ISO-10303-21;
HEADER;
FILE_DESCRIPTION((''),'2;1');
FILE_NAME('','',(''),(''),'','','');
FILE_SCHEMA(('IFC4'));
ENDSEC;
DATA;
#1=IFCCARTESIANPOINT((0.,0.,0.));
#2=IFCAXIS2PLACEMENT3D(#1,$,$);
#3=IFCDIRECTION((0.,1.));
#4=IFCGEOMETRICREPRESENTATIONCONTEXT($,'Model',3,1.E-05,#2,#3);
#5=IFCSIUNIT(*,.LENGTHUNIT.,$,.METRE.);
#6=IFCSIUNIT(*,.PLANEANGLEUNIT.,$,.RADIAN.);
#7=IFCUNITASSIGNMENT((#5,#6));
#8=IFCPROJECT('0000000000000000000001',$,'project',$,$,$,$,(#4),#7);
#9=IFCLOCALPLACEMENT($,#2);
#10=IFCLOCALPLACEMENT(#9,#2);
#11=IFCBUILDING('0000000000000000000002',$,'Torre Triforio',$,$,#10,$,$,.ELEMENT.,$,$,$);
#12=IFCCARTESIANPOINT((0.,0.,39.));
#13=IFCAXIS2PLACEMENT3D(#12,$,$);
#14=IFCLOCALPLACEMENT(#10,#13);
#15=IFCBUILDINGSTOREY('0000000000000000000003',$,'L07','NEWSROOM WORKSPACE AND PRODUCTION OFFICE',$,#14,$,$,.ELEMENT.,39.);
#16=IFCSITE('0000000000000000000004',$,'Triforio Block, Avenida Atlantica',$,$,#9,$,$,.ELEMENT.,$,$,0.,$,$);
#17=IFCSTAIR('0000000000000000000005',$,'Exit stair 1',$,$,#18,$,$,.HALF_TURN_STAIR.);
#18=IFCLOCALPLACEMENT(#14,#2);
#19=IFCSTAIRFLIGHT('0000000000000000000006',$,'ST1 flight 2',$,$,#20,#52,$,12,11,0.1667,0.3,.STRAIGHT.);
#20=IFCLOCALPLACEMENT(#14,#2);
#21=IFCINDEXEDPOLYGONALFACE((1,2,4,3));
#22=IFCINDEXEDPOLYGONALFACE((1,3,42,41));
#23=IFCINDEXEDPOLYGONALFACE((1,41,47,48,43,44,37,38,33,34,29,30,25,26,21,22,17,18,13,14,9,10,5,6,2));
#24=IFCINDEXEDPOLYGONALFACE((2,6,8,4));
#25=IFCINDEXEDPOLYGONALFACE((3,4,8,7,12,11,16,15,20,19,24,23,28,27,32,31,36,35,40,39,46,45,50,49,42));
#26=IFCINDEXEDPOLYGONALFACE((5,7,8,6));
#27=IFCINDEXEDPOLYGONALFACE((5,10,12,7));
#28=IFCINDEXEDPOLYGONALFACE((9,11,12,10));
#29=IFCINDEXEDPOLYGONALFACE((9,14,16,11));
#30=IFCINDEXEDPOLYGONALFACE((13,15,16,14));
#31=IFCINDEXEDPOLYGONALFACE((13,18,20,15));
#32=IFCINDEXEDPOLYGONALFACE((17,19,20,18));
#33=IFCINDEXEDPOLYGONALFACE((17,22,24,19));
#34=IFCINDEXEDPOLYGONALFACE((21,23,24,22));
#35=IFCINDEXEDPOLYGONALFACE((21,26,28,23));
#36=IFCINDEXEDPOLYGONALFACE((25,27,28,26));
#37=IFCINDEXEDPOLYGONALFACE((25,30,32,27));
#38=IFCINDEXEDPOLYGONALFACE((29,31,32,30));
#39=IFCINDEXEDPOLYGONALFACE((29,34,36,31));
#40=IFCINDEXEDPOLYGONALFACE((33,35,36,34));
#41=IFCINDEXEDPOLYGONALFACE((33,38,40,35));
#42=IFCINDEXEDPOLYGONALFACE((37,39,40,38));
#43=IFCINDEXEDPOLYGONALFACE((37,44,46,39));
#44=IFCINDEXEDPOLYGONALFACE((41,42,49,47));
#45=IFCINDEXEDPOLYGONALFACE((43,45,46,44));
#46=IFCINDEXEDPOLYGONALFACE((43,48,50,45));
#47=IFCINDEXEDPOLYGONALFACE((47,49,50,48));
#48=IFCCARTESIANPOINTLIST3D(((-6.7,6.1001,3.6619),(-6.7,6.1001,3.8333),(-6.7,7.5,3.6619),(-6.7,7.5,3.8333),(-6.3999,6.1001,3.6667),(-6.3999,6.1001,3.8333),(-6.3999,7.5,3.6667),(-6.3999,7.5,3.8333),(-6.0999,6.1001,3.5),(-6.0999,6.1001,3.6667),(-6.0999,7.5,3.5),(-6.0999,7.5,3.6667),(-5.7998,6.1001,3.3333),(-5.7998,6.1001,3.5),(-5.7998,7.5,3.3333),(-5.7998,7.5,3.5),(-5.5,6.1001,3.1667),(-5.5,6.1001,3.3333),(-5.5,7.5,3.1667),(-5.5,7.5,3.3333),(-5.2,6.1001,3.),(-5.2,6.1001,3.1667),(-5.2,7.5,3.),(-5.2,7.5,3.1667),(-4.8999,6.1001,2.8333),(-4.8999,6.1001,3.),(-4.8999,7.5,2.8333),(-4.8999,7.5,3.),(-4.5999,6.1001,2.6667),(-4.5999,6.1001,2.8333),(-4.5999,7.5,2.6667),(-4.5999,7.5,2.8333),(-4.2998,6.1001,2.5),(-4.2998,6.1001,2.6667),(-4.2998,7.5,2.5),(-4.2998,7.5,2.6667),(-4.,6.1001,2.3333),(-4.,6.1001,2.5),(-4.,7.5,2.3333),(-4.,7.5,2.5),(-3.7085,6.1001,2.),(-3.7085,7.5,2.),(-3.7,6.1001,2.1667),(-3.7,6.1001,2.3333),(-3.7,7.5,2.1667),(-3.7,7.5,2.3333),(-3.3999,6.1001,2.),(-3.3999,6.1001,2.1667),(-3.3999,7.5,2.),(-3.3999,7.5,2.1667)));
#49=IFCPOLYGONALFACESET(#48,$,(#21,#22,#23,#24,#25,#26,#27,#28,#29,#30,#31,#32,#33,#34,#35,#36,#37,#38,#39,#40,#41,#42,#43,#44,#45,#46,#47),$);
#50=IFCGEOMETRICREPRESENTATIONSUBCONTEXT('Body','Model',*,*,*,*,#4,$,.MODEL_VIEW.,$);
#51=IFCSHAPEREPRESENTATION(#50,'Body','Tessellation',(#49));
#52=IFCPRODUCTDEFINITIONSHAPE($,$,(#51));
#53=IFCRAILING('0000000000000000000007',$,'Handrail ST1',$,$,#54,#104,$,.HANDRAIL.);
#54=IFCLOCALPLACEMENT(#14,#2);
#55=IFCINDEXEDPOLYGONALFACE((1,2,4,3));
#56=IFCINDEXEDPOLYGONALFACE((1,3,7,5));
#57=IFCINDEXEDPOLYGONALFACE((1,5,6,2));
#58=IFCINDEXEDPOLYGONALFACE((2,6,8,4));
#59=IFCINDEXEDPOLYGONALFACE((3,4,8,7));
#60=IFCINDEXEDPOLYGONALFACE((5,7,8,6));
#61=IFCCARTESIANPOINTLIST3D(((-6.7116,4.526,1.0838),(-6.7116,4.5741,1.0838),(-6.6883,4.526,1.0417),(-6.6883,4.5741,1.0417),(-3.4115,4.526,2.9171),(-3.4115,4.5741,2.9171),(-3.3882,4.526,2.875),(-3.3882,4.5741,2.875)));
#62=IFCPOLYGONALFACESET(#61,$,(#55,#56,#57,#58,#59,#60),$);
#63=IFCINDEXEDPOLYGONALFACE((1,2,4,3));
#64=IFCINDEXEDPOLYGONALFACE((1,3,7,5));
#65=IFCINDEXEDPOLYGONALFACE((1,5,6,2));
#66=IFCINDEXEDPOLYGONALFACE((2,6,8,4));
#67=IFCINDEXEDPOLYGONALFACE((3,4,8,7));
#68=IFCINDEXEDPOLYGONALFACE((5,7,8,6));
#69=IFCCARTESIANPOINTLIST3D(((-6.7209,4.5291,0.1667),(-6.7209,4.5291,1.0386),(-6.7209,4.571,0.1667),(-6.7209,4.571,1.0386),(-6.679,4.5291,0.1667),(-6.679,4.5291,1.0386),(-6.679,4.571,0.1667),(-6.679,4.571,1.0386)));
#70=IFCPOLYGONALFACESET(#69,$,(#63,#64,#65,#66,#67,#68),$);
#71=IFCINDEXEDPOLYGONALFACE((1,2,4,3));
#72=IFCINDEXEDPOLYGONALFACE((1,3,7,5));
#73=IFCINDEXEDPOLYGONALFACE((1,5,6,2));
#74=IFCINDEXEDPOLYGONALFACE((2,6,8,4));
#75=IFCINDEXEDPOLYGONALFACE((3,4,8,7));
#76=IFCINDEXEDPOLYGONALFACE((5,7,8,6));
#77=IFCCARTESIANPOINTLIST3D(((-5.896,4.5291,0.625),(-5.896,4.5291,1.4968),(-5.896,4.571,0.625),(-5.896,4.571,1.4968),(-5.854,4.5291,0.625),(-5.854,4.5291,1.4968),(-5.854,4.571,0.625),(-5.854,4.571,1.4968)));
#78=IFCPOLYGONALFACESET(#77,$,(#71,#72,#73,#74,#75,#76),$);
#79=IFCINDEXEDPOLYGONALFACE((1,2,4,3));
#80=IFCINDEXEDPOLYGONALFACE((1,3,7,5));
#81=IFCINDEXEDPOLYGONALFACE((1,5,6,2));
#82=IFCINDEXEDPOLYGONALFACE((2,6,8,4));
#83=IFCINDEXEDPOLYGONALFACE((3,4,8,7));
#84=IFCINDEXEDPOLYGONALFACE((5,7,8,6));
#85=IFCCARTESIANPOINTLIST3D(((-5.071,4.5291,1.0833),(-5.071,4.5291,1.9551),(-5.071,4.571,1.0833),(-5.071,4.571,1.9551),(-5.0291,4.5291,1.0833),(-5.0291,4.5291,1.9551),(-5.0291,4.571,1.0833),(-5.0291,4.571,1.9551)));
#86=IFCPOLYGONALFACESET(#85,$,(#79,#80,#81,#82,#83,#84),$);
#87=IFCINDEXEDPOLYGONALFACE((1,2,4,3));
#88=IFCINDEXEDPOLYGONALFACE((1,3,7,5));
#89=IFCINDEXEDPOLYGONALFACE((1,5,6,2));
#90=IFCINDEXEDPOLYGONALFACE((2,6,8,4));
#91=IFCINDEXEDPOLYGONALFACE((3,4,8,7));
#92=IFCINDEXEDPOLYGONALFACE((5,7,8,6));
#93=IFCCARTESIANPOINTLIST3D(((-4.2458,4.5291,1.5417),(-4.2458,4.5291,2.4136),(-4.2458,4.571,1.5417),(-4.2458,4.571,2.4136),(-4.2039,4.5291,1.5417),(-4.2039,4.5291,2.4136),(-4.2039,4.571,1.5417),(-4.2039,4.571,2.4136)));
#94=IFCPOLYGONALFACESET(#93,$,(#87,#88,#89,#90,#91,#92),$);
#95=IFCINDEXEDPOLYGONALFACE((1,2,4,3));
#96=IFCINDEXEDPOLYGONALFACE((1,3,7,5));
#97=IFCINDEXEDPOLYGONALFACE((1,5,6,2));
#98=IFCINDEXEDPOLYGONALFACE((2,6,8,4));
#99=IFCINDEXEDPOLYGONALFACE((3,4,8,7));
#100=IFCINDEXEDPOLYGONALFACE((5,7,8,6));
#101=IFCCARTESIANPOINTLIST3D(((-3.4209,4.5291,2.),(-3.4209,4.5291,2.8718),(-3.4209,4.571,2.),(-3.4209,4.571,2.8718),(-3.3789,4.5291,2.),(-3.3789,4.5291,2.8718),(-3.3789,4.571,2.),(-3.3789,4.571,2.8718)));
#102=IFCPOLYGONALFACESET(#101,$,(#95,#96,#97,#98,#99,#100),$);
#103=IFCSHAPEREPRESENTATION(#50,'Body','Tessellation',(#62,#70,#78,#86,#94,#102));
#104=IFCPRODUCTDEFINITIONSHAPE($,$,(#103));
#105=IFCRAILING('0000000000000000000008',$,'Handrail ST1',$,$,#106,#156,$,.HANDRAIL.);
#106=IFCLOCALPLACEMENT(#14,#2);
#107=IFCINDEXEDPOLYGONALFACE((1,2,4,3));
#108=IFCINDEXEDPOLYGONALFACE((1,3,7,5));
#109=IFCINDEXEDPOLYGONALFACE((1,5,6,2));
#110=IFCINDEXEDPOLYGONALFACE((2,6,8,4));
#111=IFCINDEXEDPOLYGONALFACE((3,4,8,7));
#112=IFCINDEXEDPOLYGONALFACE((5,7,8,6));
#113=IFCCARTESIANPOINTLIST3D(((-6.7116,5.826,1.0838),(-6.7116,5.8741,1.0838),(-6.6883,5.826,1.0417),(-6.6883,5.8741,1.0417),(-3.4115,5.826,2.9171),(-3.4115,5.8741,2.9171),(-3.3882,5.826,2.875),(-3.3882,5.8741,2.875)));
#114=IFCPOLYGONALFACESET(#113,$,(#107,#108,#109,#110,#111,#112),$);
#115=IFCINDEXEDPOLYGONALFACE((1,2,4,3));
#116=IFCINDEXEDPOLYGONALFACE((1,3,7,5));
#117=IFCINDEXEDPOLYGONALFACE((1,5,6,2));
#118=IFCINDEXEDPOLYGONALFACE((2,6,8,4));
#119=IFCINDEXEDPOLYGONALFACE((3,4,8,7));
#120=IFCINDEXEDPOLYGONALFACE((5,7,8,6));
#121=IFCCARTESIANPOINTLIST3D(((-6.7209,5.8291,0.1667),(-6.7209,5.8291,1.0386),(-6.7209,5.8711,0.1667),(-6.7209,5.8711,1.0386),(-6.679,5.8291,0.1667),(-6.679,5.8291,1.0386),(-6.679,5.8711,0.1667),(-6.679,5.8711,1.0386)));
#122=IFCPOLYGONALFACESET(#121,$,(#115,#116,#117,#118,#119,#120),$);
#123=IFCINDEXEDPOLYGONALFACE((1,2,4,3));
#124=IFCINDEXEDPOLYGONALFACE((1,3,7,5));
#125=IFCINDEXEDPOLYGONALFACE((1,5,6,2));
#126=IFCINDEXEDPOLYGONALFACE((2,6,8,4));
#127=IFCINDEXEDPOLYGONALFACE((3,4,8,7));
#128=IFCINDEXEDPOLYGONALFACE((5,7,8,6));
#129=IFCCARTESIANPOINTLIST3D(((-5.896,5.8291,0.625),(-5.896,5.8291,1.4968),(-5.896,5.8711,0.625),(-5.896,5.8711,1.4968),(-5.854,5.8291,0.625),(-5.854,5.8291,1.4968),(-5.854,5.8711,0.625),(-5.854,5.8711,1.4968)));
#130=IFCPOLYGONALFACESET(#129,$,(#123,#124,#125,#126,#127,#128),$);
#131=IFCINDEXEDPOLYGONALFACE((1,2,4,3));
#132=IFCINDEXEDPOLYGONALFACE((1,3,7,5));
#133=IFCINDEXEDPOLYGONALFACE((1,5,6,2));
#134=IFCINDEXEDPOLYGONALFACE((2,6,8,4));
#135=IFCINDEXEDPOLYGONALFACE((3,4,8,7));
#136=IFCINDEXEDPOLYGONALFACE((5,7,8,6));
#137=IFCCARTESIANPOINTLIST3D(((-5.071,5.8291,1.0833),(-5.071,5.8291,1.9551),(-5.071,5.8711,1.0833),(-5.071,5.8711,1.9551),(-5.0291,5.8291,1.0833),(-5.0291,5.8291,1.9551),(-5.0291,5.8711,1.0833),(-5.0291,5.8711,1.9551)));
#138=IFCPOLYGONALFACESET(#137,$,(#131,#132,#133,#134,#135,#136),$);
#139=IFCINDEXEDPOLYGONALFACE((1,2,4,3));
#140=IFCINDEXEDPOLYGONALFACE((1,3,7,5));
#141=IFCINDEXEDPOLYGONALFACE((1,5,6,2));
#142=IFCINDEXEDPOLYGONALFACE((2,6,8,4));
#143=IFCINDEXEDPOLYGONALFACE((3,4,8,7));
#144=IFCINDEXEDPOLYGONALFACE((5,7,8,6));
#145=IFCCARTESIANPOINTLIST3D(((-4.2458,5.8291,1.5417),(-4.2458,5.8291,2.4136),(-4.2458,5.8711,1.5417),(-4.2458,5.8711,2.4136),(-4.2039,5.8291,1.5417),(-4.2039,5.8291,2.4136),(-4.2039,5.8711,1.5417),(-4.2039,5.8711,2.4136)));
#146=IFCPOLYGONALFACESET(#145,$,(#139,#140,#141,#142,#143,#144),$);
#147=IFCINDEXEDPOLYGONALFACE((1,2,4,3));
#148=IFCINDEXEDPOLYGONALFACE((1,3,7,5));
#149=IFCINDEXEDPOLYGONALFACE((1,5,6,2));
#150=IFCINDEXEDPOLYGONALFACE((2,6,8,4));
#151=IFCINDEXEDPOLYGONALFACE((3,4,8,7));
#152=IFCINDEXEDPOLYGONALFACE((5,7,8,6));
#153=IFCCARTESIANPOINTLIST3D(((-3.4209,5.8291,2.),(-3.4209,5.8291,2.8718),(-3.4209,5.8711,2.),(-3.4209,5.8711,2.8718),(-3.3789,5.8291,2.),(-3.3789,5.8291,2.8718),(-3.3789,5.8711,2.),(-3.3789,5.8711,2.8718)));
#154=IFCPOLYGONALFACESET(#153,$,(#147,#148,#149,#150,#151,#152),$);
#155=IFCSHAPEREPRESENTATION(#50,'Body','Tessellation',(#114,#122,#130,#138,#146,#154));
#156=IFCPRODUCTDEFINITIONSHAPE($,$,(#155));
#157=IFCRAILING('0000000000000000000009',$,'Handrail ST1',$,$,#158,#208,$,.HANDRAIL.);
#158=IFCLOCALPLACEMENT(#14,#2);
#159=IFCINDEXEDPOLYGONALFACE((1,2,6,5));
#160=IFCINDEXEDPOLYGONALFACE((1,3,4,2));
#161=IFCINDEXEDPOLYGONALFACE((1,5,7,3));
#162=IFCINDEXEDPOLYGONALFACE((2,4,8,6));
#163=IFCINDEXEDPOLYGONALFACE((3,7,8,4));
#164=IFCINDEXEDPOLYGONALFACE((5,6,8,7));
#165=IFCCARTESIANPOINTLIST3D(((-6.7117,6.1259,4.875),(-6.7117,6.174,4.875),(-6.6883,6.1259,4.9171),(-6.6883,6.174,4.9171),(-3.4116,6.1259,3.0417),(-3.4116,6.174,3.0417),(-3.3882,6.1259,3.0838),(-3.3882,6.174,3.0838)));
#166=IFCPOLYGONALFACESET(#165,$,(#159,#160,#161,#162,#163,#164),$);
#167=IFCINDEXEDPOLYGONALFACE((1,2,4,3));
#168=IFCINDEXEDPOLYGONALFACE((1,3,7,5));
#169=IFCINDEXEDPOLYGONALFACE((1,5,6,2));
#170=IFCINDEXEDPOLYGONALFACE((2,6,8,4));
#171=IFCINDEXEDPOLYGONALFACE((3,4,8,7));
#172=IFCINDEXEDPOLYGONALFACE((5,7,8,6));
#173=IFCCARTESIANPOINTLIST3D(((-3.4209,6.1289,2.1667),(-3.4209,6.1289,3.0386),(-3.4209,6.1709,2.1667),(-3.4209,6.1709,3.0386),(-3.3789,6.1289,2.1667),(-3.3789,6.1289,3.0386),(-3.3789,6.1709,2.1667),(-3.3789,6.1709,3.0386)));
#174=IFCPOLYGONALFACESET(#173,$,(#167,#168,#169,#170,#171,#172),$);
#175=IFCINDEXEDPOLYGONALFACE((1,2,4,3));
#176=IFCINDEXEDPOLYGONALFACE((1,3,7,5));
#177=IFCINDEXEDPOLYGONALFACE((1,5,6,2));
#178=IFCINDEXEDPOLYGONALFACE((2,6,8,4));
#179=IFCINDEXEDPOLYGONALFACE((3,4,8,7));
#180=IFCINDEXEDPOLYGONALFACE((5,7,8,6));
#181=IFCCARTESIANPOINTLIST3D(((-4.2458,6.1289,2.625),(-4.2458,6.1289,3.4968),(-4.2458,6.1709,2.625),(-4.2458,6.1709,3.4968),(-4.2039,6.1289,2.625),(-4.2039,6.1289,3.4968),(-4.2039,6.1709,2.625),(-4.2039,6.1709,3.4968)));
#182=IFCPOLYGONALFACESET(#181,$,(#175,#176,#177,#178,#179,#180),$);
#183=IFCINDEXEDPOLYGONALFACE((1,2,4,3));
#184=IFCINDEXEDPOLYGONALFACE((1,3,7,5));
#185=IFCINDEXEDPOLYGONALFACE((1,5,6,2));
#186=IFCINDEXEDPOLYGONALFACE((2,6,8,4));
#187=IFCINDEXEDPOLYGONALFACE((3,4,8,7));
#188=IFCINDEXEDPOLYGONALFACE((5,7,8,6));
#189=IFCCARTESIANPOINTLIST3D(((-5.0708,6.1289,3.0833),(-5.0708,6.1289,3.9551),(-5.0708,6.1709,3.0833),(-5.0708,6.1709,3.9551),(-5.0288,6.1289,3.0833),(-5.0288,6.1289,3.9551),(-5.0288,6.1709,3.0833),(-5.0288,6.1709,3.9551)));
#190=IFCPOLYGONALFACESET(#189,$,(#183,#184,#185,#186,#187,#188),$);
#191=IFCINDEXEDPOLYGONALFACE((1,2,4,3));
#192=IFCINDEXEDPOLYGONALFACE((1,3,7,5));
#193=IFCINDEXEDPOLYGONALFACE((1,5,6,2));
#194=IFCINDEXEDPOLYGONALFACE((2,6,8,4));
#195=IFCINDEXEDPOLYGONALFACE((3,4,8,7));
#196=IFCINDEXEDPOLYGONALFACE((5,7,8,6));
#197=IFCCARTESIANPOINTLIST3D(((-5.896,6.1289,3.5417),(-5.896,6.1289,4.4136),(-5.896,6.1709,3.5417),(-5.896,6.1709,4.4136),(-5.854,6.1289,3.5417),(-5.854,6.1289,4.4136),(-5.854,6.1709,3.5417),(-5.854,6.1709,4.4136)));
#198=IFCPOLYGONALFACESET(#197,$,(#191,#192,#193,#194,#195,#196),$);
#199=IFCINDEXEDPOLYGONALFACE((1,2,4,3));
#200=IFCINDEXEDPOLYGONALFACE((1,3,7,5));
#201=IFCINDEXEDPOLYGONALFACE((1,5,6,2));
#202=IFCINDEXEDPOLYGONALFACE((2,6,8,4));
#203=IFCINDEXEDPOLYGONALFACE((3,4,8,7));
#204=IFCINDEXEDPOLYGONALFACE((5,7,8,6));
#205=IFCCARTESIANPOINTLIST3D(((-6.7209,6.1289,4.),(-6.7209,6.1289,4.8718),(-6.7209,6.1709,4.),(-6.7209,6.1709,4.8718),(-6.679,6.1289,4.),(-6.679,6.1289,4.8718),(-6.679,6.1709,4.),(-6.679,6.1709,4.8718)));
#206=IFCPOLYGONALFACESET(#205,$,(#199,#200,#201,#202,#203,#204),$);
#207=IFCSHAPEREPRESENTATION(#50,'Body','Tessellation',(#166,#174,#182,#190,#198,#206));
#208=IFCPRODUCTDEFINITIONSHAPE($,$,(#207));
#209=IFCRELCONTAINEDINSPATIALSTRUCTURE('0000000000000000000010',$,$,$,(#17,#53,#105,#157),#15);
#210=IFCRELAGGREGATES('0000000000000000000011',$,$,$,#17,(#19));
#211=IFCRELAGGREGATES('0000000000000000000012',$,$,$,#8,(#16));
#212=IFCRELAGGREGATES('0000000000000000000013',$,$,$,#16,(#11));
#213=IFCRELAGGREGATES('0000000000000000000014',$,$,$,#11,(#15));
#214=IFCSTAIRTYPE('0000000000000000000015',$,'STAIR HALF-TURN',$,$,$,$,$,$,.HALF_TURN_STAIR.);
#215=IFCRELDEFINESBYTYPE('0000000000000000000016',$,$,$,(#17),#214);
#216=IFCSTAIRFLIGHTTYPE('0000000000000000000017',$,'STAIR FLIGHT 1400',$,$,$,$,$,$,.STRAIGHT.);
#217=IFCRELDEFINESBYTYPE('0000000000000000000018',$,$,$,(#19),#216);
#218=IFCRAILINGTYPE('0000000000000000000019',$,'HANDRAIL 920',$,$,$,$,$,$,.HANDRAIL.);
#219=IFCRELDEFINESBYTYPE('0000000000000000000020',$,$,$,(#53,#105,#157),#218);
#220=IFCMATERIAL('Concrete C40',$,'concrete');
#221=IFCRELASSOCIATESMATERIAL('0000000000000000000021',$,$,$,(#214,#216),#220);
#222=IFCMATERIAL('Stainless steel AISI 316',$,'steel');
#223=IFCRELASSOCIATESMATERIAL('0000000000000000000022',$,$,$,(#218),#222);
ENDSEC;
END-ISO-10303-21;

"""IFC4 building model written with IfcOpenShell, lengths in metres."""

from ifc_helpers import new_model, si_unit, direction, frame, origin, origin_2d, place, context, subcontext, project, spatial, polyline, rectangle, outline, extrude, material, type_object, element, aggregate, save


model = new_model("IFC4")

# Units and contexts
model_context = context("Model", 3, precision=1e-05, world=origin(), true_north=direction((0.0, 1.0)))
body_context = subcontext(model_context, "Body", "Model", "MODEL_VIEW")
ifc_project = project(units=[si_unit("LENGTHUNIT", "METRE"), si_unit("PLANEANGLEUNIT", "RADIAN")], contexts=[model_context])

# Site, building, storey
site_placement = place(None, origin())
site = spatial("IfcSite", under=ifc_project, at=site_placement, Name="Triforio Block, Avenida Atlantica", CompositionType="ELEMENT", RefElevation=0.0)
building_placement = place(site_placement, origin())
building = spatial("IfcBuilding", under=site, at=building_placement, Name="Torre Triforio", CompositionType="ELEMENT")
storey_placement = place(building_placement, frame((0.0, 0.0, 39.0)))
storey = spatial("IfcBuildingStorey", under=building, at=storey_placement, Name="L07", Description="NEWSROOM WORKSPACE AND PRODUCTION OFFICE", CompositionType="ELEMENT", Elevation=39.0)

# Stair, stair flight
ifc_material_1 = material(Name="Concrete C40", Category="concrete")
stair_type = type_object("IfcStairType", Name="STAIR HALF-TURN", PredefinedType="HALF_TURN_STAIR", material=ifc_material_1)
stair_placement = place(storey_placement, origin())
stair = element("IfcStair", 1, at=stair_placement, inside=storey, type_object=stair_type, Name="Exit stair 1", PredefinedType="HALF_TURN_STAIR")
stair_flight_type = type_object("IfcStairFlightType", Name="STAIR FLIGHT 1400", PredefinedType="STRAIGHT", material=ifc_material_1)
stair_flight_1_placement = place(storey_placement, frame((-3.3999, 6.8, 2.0), z_axis=(0.0, 0.0, 1.0), x_axis=(-1.0, 0.0, 0.0)))
stair_flight_1 = element("IfcStairFlight", 2, at=stair_flight_1_placement, type_object=stair_flight_type, Name="ST1 flight 2", NumberOfRisers=12, NumberOfTreads=11, PredefinedType="STRAIGHT", RiserHeight=0.1667, TreadLength=0.3, context=body_context, shape_type="SweptSolid", body=[
    extrude(outline(polyline([(0.0, 0.0), (0.0, 0.1667), (0.3, 0.1667), (0.3, 0.3333), (0.6001, 0.3333), (0.6001, 0.5), (0.8999, 0.5), (0.8999, 0.6667), (1.2, 0.6667), (1.2, 0.8333), (1.5, 0.8333), (1.5, 1.0), (1.8, 1.0), (1.8, 1.1667), (2.1001, 1.1667), (2.1001, 1.3333), (2.3999, 1.3333), (2.3999, 1.5), (2.7, 1.5), (2.7, 1.6667), (3.0, 1.6667), (3.0, 1.8333), (3.3, 1.8333), (3.3, 2.0), (3.3, 1.6619), (0.3086, 0.0), (0.0, 0.0)])), frame((0.0, 0.7, 0.0), z_axis=(0.0, -1.0, 0.0), x_axis=(1.0, 0.0, 0.0)), (0.0, 0.0, 1.0), 1.3999),
])
aggregate(stair, [stair_flight_1])

# Railings
ifc_material_2 = material(Name="Stainless steel AISI 316", Category="steel")
railing_type = type_object("IfcRailingType", Name="HANDRAIL 920", PredefinedType="HANDRAIL", material=ifc_material_2)
for number, where, name in (
    (3, (-6.7, 4.55, 0.1667), "Handrail ST1"),
    (4, (-6.7, 5.8501, 0.1667), "Handrail ST1"),
):
    element("IfcRailing", number, at=place(storey_placement, frame(where)), inside=storey, type_object=railing_type, Name=name, PredefinedType="HANDRAIL", context=body_context, shape_type="SweptSolid", body=[
        extrude(rectangle(XDim=0.0481, YDim=0.0481, at=origin_2d()), frame((0.0, 0.0, 0.896), z_axis=(0.874169, 0.0, 0.485621), x_axis=(0.0, 1.0, 0.0)), (0.0, 0.0, 1.0), 3.7751),
        extrude(rectangle(XDim=0.042, YDim=0.042, at=origin_2d()), origin(), (0.0, 0.0, 1.0), 0.8718),
        extrude(rectangle(XDim=0.042, YDim=0.042, at=origin_2d()), frame((0.825, 0.0, 0.4583)), (0.0, 0.0, 1.0), 0.8718),
        extrude(rectangle(XDim=0.042, YDim=0.042, at=origin_2d()), frame((1.6499, 0.0, 0.9165)), (0.0, 0.0, 1.0), 0.8718),
        extrude(rectangle(XDim=0.042, YDim=0.042, at=origin_2d()), frame((2.4751, 0.0, 1.375)), (0.0, 0.0, 1.0), 0.8718),
        extrude(rectangle(XDim=0.042, YDim=0.042, at=origin_2d()), frame((3.3, 0.0, 1.8333)), (0.0, 0.0, 1.0), 0.8718),
    ])
railing_placement = place(storey_placement, frame((-3.3999, 6.1499, 2.1667)))
element("IfcRailing", 5, at=railing_placement, inside=storey, type_object=railing_type, Name="Handrail ST1", PredefinedType="HANDRAIL", context=body_context, shape_type="SweptSolid", body=[
    extrude(rectangle(XDim=0.0481, YDim=0.0481, at=origin_2d()), frame((0.0, 0.0, 0.896), z_axis=(-0.874169, 0.0, 0.485621), x_axis=(0.0, -1.0, 0.0)), (0.0, 0.0, 1.0), 3.7751),
    extrude(rectangle(XDim=0.042, YDim=0.042, at=origin_2d()), origin(), (0.0, 0.0, 1.0), 0.8718),
    extrude(rectangle(XDim=0.042, YDim=0.042, at=origin_2d()), frame((-0.825, 0.0, 0.4583)), (0.0, 0.0, 1.0), 0.8718),
    extrude(rectangle(XDim=0.042, YDim=0.042, at=origin_2d()), frame((-1.6499, 0.0, 0.9165)), (0.0, 0.0, 1.0), 0.8718),
    extrude(rectangle(XDim=0.042, YDim=0.042, at=origin_2d()), frame((-2.4751, 0.0, 1.375)), (0.0, 0.0, 1.0), 0.8718),
    extrude(rectangle(XDim=0.042, YDim=0.042, at=origin_2d()), frame((-3.3, 0.0, 1.8333)), (0.0, 0.0, 1.0), 0.8718),
])

save(model, "model.ifc")
